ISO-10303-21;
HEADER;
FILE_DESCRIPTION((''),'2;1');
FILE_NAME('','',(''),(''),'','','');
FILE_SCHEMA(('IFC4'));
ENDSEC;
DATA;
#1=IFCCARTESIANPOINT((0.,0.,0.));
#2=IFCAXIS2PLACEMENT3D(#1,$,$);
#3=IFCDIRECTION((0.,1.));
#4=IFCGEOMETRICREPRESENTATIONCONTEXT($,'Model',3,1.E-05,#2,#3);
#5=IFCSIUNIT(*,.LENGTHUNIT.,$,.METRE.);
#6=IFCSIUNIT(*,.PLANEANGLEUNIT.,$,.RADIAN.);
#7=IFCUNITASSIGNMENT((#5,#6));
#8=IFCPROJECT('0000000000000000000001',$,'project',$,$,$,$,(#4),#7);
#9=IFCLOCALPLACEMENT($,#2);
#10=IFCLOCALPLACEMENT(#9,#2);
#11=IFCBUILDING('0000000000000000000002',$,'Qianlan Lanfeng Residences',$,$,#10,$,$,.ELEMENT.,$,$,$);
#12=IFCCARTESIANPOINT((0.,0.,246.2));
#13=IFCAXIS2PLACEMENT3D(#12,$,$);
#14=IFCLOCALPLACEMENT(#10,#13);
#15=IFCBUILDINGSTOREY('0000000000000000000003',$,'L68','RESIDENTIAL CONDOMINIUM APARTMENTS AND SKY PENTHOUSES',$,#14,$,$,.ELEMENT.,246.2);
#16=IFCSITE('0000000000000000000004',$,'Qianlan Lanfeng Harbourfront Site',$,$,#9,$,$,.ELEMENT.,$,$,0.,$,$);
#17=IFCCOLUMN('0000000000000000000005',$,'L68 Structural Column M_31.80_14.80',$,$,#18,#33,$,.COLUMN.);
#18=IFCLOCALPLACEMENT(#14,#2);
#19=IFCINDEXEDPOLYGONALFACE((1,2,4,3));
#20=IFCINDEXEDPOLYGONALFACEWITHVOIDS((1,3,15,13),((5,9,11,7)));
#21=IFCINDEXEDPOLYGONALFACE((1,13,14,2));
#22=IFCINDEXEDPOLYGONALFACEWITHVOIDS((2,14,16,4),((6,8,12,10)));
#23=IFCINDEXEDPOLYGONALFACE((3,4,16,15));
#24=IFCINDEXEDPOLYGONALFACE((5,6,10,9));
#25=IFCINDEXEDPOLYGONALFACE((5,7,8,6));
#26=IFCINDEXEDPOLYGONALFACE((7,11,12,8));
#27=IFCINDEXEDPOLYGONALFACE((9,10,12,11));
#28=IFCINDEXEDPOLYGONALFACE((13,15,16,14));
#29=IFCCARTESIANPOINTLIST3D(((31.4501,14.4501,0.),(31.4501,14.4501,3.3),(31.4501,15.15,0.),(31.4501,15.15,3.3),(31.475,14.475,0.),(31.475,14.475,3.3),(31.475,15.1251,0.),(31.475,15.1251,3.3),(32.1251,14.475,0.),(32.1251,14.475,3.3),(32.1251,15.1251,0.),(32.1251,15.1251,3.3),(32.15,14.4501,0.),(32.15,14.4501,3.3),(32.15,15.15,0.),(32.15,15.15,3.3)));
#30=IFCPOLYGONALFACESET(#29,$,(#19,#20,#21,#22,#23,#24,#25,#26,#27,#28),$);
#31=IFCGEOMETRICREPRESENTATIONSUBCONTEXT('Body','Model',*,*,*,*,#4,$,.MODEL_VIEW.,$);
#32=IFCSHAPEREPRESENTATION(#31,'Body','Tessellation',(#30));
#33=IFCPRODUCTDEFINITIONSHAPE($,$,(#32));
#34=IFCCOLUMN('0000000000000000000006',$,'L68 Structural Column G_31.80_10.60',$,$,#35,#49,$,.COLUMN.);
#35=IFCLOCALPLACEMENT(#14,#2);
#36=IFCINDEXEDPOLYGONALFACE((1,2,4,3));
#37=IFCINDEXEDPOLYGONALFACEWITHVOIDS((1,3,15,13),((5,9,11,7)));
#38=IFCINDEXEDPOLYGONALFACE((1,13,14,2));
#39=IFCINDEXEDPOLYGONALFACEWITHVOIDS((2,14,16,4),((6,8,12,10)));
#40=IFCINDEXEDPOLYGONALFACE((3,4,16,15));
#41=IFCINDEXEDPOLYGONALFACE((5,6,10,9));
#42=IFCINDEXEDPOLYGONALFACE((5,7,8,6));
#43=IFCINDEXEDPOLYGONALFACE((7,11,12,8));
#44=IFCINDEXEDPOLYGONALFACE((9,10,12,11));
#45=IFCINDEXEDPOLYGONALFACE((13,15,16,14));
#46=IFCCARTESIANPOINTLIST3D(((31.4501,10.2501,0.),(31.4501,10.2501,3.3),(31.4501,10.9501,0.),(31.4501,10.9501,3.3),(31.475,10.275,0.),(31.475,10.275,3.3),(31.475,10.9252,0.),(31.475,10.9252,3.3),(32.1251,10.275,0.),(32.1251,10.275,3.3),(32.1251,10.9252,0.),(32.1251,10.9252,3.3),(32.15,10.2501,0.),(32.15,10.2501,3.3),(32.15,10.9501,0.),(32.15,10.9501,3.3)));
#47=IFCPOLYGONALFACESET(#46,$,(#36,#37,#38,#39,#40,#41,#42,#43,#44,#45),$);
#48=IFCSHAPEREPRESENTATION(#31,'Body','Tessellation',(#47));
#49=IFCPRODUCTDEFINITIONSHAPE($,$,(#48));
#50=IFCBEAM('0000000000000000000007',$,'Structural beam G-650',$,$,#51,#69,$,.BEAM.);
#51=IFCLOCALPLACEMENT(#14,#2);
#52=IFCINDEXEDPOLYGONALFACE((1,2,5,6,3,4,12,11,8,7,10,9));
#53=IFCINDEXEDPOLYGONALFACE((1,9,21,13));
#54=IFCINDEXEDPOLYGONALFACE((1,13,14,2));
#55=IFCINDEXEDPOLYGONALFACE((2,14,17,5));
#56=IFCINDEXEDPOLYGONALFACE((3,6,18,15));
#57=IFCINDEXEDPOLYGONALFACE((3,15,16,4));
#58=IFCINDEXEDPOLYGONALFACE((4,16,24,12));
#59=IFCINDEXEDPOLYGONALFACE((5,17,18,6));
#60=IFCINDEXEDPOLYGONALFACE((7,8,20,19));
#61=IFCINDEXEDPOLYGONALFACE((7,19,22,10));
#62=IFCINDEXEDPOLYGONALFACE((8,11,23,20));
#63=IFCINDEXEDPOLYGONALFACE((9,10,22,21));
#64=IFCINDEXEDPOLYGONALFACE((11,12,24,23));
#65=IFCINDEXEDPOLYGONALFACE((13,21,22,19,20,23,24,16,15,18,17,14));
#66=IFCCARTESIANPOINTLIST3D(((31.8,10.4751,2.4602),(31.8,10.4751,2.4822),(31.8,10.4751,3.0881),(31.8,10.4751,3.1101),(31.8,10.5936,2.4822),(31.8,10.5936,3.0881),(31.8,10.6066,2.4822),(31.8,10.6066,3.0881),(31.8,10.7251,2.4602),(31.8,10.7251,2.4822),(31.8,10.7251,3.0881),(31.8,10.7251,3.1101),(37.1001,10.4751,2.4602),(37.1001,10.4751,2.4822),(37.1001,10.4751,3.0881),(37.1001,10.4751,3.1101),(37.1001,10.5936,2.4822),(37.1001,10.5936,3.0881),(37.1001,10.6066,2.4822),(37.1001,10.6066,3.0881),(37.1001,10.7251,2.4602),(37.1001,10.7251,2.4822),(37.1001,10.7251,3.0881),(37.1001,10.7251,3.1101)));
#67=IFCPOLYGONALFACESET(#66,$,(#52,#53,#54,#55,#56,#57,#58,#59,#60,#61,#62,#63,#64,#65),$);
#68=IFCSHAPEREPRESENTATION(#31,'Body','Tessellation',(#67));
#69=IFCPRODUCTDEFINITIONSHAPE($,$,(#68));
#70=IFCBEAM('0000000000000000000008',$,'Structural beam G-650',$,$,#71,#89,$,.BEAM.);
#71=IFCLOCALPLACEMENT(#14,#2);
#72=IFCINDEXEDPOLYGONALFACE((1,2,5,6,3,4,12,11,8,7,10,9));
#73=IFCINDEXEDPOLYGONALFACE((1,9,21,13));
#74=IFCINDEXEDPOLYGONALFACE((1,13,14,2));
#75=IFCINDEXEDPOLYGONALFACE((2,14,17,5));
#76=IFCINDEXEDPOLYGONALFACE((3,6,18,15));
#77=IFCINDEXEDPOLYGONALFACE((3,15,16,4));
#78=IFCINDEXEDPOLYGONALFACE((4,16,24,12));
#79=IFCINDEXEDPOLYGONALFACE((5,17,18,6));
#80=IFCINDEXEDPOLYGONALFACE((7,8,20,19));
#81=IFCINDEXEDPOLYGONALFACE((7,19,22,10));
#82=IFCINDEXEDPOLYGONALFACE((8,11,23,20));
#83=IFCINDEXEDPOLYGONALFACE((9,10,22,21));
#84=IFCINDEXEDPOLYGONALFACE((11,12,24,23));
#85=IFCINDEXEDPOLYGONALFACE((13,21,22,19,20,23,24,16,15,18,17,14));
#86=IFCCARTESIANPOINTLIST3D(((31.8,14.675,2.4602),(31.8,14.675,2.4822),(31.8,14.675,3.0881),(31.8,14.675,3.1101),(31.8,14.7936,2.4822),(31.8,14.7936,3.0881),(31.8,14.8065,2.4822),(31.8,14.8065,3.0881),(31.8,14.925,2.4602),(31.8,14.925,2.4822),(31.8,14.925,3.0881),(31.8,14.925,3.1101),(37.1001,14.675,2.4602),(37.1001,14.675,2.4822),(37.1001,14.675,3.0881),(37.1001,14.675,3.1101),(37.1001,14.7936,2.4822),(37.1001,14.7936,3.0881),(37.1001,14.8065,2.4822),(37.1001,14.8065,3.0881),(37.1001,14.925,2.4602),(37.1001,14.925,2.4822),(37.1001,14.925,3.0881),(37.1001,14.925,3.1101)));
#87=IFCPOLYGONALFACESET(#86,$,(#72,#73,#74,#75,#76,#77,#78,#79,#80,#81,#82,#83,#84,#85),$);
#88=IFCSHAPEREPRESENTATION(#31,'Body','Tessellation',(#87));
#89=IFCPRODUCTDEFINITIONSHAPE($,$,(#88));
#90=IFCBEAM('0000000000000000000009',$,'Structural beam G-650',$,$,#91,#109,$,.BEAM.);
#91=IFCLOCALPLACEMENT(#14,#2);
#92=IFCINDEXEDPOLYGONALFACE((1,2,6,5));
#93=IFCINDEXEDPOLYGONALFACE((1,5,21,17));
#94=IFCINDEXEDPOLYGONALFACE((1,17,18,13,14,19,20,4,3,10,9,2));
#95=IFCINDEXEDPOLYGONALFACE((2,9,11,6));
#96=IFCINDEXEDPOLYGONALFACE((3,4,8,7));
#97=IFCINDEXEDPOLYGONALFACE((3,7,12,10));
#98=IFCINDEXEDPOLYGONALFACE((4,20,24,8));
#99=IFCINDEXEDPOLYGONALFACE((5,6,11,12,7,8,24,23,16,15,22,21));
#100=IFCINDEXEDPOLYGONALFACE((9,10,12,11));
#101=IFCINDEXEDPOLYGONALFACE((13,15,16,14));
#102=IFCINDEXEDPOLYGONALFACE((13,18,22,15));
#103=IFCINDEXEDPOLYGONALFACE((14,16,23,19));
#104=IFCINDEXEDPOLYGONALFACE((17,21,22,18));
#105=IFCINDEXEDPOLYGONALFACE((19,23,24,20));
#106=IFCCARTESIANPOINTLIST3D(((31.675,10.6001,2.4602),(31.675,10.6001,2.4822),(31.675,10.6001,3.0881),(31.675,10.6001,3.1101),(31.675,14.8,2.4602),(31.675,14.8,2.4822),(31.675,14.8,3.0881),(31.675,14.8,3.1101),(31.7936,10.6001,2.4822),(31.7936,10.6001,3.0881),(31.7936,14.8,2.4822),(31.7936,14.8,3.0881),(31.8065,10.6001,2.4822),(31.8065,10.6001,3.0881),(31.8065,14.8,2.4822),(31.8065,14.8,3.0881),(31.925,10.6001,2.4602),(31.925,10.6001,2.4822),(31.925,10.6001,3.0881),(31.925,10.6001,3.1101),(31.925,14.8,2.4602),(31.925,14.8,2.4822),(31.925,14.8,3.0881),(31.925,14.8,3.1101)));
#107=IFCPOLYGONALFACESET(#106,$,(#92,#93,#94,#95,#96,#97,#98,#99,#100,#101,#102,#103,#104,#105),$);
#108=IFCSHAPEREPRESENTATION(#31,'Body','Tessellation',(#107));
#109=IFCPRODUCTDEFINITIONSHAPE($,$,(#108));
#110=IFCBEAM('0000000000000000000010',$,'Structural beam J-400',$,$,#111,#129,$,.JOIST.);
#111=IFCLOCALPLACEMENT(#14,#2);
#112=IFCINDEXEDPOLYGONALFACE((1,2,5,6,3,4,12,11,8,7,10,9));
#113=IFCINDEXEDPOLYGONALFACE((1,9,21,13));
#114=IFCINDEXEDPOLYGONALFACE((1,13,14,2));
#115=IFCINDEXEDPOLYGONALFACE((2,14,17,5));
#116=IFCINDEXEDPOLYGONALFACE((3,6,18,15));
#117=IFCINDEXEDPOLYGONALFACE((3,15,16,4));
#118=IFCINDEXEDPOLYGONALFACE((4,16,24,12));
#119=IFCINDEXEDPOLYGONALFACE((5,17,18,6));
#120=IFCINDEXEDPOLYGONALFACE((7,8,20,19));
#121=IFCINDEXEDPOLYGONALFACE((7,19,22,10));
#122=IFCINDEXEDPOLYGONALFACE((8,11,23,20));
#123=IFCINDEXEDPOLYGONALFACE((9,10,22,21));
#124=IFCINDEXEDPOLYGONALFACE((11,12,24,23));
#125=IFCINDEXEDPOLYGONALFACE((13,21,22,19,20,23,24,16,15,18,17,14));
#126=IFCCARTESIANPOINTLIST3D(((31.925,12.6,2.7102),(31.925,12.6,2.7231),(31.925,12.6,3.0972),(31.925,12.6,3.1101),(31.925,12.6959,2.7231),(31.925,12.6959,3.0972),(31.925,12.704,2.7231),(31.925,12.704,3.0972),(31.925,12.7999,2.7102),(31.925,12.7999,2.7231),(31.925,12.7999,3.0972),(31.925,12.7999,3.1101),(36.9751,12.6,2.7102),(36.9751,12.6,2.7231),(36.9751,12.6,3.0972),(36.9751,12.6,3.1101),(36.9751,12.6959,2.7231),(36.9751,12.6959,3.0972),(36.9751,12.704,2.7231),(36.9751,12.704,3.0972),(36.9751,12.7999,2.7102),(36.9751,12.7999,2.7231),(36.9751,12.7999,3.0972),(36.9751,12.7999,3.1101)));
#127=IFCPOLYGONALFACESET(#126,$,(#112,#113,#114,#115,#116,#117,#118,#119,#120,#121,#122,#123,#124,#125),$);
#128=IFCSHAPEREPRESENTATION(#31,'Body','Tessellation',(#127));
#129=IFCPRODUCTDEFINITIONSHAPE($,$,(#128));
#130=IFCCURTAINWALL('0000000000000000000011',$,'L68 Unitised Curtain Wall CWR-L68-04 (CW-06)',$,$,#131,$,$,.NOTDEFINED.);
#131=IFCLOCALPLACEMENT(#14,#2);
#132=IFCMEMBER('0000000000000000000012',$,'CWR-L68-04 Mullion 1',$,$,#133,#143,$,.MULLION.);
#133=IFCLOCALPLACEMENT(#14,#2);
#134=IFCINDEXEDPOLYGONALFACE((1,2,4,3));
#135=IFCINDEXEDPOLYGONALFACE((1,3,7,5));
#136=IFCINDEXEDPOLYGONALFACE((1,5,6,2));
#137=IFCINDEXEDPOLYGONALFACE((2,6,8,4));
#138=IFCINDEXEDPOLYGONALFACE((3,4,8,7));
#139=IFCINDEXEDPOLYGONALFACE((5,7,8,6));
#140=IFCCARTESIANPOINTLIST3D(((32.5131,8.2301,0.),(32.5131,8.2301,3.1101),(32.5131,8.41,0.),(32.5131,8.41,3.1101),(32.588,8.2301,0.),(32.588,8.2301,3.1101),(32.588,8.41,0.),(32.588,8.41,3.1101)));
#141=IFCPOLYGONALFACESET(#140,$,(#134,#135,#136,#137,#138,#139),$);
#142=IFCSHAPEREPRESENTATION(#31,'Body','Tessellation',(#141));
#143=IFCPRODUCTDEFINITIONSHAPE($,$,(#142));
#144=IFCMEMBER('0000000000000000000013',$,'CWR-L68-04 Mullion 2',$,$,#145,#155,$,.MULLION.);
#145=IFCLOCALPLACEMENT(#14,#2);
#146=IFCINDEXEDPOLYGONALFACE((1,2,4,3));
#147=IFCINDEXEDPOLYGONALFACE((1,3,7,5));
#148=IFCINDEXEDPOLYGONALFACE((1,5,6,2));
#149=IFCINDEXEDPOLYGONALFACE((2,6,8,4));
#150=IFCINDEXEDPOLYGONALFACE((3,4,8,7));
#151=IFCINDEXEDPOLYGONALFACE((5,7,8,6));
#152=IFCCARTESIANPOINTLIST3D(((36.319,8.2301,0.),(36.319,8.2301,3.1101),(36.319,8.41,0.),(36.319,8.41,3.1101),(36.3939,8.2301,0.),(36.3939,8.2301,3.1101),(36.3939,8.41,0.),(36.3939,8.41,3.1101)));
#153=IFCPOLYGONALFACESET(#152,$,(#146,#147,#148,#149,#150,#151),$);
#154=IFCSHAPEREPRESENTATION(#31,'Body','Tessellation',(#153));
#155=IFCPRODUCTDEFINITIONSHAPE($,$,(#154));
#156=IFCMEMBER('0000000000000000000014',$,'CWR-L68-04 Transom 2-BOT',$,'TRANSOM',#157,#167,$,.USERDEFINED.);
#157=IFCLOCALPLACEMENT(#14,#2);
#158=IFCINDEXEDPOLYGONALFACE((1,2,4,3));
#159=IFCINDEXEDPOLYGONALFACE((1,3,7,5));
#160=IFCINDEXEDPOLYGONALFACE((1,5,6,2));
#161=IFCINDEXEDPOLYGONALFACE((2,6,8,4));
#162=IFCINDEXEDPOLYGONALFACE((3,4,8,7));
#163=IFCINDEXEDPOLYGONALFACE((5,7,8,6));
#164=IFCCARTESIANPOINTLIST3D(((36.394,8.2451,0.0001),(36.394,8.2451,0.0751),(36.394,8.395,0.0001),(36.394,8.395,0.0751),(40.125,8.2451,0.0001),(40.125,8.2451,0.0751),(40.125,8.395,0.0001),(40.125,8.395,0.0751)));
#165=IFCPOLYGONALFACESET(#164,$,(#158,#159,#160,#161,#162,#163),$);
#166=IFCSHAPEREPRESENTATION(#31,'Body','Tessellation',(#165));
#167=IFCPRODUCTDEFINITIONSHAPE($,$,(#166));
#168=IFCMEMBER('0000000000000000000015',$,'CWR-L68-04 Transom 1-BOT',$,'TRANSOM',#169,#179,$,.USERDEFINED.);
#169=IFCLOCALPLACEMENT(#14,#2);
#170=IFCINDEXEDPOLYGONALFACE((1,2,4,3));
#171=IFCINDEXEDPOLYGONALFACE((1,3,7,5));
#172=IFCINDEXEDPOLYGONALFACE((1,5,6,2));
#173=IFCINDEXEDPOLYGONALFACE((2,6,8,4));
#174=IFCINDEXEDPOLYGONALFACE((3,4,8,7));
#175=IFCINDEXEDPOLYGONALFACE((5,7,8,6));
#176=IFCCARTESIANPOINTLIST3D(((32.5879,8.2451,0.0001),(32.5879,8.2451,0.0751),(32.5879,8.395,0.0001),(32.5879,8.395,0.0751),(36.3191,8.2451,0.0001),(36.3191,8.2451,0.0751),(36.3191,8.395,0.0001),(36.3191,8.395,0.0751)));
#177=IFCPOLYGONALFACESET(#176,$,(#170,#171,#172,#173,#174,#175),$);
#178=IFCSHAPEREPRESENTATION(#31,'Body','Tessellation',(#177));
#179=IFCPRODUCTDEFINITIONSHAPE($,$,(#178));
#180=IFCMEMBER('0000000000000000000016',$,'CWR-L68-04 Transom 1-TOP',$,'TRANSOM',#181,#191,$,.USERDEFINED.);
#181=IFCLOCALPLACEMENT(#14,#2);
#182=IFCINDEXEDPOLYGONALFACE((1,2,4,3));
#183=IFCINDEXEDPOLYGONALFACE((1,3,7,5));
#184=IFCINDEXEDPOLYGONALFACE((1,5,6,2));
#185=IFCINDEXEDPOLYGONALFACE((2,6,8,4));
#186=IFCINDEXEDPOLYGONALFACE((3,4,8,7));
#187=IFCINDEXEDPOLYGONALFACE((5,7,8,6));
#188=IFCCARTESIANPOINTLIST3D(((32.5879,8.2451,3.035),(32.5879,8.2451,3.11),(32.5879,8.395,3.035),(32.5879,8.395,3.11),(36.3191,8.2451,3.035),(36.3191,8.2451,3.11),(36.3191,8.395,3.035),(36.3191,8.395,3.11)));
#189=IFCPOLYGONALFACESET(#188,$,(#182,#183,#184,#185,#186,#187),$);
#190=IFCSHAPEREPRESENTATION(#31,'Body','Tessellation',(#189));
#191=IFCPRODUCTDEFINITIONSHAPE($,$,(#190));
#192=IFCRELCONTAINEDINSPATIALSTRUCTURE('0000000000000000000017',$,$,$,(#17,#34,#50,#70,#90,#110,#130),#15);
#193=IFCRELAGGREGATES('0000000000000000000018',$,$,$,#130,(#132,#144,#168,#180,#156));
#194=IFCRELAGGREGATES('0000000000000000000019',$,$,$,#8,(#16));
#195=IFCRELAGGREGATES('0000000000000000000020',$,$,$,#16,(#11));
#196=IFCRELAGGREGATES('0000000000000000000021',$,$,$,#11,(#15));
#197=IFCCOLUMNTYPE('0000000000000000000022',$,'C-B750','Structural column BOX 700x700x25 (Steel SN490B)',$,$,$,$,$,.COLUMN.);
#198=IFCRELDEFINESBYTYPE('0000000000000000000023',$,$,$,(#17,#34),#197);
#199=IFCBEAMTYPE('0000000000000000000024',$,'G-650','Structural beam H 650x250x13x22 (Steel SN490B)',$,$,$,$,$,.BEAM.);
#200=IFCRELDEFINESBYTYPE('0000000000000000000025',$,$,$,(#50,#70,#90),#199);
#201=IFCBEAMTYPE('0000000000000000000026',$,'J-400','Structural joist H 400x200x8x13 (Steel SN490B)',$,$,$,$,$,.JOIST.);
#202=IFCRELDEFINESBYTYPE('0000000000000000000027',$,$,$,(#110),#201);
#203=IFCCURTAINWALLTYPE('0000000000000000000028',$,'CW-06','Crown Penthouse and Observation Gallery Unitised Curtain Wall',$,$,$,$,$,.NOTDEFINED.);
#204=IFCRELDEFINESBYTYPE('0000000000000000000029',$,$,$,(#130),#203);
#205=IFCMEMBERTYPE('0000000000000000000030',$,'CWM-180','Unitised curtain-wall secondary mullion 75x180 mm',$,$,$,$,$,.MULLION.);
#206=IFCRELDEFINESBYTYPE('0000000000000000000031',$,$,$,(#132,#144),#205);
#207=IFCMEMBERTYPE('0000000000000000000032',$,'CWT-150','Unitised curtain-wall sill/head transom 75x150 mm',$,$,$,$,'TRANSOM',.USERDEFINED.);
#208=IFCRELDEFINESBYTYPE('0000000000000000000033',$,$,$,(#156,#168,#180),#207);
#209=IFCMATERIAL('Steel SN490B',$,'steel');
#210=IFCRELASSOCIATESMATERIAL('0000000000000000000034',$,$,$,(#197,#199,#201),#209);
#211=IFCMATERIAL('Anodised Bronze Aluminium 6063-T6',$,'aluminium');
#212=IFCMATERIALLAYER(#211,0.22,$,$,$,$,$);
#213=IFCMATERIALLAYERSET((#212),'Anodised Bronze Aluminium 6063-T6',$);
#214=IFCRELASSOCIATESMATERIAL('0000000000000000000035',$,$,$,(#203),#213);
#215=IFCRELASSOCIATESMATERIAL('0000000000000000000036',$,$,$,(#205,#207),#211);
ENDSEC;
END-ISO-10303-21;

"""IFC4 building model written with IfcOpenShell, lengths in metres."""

from ifc_helpers import new_model, si_unit, direction, frame, origin, origin_2d, place, context, subcontext, project, spatial, rectangle, hollow_rectangle, i_section, extrude, source, transform, mapped, material, layer, layer_set, material_profile, profile_set, type_object, element, aggregate, save


model = new_model("IFC4")

# Units and contexts
model_context = context("Model", 3, precision=1e-05, world=origin(), true_north=direction((0.0, 1.0)))
body_context = subcontext(model_context, "Body", "Model", "MODEL_VIEW")
ifc_project = project(units=[si_unit("LENGTHUNIT", "METRE"), si_unit("PLANEANGLEUNIT", "RADIAN")], contexts=[model_context])

# Site, building, storey
site_placement = place(None, origin())
site = spatial("IfcSite", under=ifc_project, at=site_placement, Name="Qianlan Lanfeng Harbourfront Site", CompositionType="ELEMENT", RefElevation=0.0)
building_placement = place(site_placement, origin())
building = spatial("IfcBuilding", under=site, at=building_placement, Name="Qianlan Lanfeng Residences", CompositionType="ELEMENT")
storey_placement = place(building_placement, frame((0.0, 0.0, 246.2)))
storey = spatial("IfcBuildingStorey", under=building, at=storey_placement, Name="L68", Description="RESIDENTIAL CONDOMINIUM APARTMENTS AND SKY PENTHOUSES", CompositionType="ELEMENT", Elevation=246.2)

# Columns
ifc_material_1 = material(Name="Steel SN490B", Category="steel")
ifc_material_profile_1 = material_profile(ifc_material_1, hollow_rectangle(XDim=0.7, YDim=0.7, WallThickness=0.0249, at=origin_2d()), Name="BOX 700x700x25")
ifc_profile_set_1 = profile_set([ifc_material_profile_1], Name="Steel SN490B")
column_type = type_object("IfcColumnType", Name="C-B750", Description="Structural column BOX 700x700x25 (Steel SN490B)", PredefinedType="COLUMN", material=ifc_profile_set_1)
for number, where, z_axis, x_axis, name in (
    (1, (31.8, 14.8, 0.0), (0.0, 0.0, 1.0), (1.0, 0.0, 0.0), "L68 Structural Column M_31.80_14.80"),
    (2, (31.8, 10.6001, 0.0), (0.0, 0.0, 1.0), (1.0, 0.0, 0.0), "L68 Structural Column G_31.80_10.60"),
):
    element("IfcColumn", number, at=place(storey_placement, frame(where, z_axis=z_axis, x_axis=x_axis)), inside=storey, type_object=column_type, Name=name, PredefinedType="COLUMN", context=body_context, shape_type="SweptSolid", body=[
        extrude(hollow_rectangle(XDim=0.7, YDim=0.7, WallThickness=0.0249, at=origin_2d()), origin(), (0.0, 0.0, 1.0), 3.3),
    ])

# Beams
ifc_material_profile_2 = material_profile(ifc_material_1, i_section(OverallWidth=0.25, OverallDepth=0.6499, WebThickness=0.0129, FlangeThickness=0.022, at=origin_2d()), Name="H 650x250x13x22")
ifc_profile_set_2 = profile_set([ifc_material_profile_2], Name="Steel SN490B")
beam_type_1 = type_object("IfcBeamType", Name="G-650", Description="Structural beam H 650x250x13x22 (Steel SN490B)", PredefinedType="BEAM", material=ifc_profile_set_2)
for number, where, z_axis, x_axis, name in (
    (3, (31.8, 10.6001, 2.7852), (1.0, 0.0, 0.0), (0.0, 1.0, 0.0), "Structural beam G-650"),
    (4, (31.8, 14.8, 2.7852), (1.0, 0.0, 0.0), (0.0, 1.0, 0.0), "Structural beam G-650"),
):
    element("IfcBeam", number, at=place(storey_placement, frame(where, z_axis=z_axis, x_axis=x_axis)), inside=storey, type_object=beam_type_1, Name=name, PredefinedType="BEAM", context=body_context, shape_type="SweptSolid", body=[
        extrude(i_section(OverallWidth=0.25, OverallDepth=0.6499, WebThickness=0.0129, FlangeThickness=0.022, at=origin_2d()), origin(), (0.0, 0.0, 1.0), 5.3),
    ])
beam_1_placement = place(storey_placement, frame((31.8, 10.6001, 2.7852), z_axis=(0.0, 1.0, 0.0), x_axis=(-1.0, 0.0, 0.0)))
element("IfcBeam", 5, at=beam_1_placement, inside=storey, type_object=beam_type_1, Name="Structural beam G-650", PredefinedType="BEAM", context=body_context, shape_type="SweptSolid", body=[
    extrude(i_section(OverallWidth=0.25, OverallDepth=0.6499, WebThickness=0.0129, FlangeThickness=0.022, at=origin_2d()), origin(), (0.0, 0.0, 1.0), 4.2),
])
ifc_material_profile_3 = material_profile(ifc_material_1, i_section(OverallWidth=0.2, OverallDepth=0.3999, WebThickness=0.0081, FlangeThickness=0.0129, at=origin_2d()), Name="H 400x200x8x13")
ifc_profile_set_3 = profile_set([ifc_material_profile_3], Name="Steel SN490B")
beam_type_2 = type_object("IfcBeamType", Name="J-400", Description="Structural joist H 400x200x8x13 (Steel SN490B)", PredefinedType="JOIST", material=ifc_profile_set_3)
beam_2_placement = place(storey_placement, frame((31.925, 12.7, 2.9102), z_axis=(1.0, 0.0, 0.0), x_axis=(0.0, 1.0, 0.0)))
element("IfcBeam", 6, at=beam_2_placement, inside=storey, type_object=beam_type_2, Name="Structural beam J-400", PredefinedType="JOIST", context=body_context, shape_type="SweptSolid", body=[
    extrude(i_section(OverallWidth=0.2, OverallDepth=0.3999, WebThickness=0.0081, FlangeThickness=0.0129, at=origin_2d()), origin(), (0.0, 0.0, 1.0), 5.05),
])

# Curtain wall, members
ifc_material_2 = material(Name="Anodised Bronze Aluminium 6063-T6", Category="aluminium")
ifc_layer_1 = layer(ifc_material_2, 0.22)
ifc_layer_set_1 = layer_set([ifc_layer_1], Name="Anodised Bronze Aluminium 6063-T6")
curtain_wall_type = type_object("IfcCurtainWallType", Name="CW-06", Description="Crown Penthouse and Observation Gallery Unitised Curtain Wall", PredefinedType="NOTDEFINED", material=ifc_layer_set_1)
curtain_wall_placement = place(storey_placement, origin())
curtain_wall = element("IfcCurtainWall", 7, at=curtain_wall_placement, inside=storey, type_object=curtain_wall_type, Name="L68 Unitised Curtain Wall CWR-L68-04 (CW-06)", PredefinedType="NOTDEFINED")
ifc_material_profile_4 = material_profile(ifc_material_2, rectangle(XDim=0.075, YDim=0.1799, at=origin_2d()), Name="ALU MULLION 75x180")
ifc_profile_set_4 = profile_set([ifc_material_profile_4], Name="Anodised Bronze Aluminium 6063-T6")
member_type_1 = type_object("IfcMemberType", Name="CWM-180", Description="Unitised curtain-wall secondary mullion 75x180 mm", PredefinedType="MULLION", material=ifc_profile_set_4)
shared_shape_1 = source(origin(), body_context, "Body", "SweptSolid", [
    extrude(rectangle(XDim=0.075, YDim=0.1799, at=origin_2d()), origin(), (0.0, 0.0, 1.0), 3.1101),
])
member_1_placement = place(storey_placement, frame((32.5505, 8.3201, 0.0), z_axis=(0.0, 0.0, 1.0), x_axis=(1.0, 0.0, 0.0)))
member_1 = element("IfcMember", 8, at=member_1_placement, type_object=member_type_1, Name="CWR-L68-04 Mullion 1", PredefinedType="MULLION", context=body_context, shape_type="MappedRepresentation", body=[
    mapped(shared_shape_1, transform((0.0, 0.0, 0.0), scale=1.0)),
])
member_2_placement = place(storey_placement, frame((36.3564, 8.3201, 0.0), z_axis=(0.0, 0.0, 1.0), x_axis=(1.0, 0.0, 0.0)))
member_2 = element("IfcMember", 9, at=member_2_placement, type_object=member_type_1, Name="CWR-L68-04 Mullion 2", PredefinedType="MULLION", context=body_context, shape_type="MappedRepresentation", body=[
    mapped(shared_shape_1, transform((0.0, 0.0, 0.0), scale=1.0)),
])
ifc_material_profile_5 = material_profile(ifc_material_2, rectangle(XDim=0.075, YDim=0.1499, at=origin_2d()), Name="ALU TRANSOM 75x150")
ifc_profile_set_5 = profile_set([ifc_material_profile_5], Name="Anodised Bronze Aluminium 6063-T6")
member_type_2 = type_object("IfcMemberType", Name="CWT-150", Description="Unitised curtain-wall sill/head transom 75x150 mm", ElementType="TRANSOM", PredefinedType="USERDEFINED", material=ifc_profile_set_5)
shared_shape_2 = source(origin(), body_context, "Body", "SweptSolid", [
    extrude(rectangle(XDim=0.075, YDim=0.1499, at=origin_2d()), origin(), (0.0, 0.0, 1.0), 3.731),
])
member_3_placement = place(storey_placement, frame((36.394, 8.3201, 0.0376), z_axis=(1.0, 0.0, 0.0), x_axis=(0.0, 0.0, 1.0)))
member_3 = element("IfcMember", 10, at=member_3_placement, type_object=member_type_2, Name="CWR-L68-04 Transom 2-BOT", ObjectType="TRANSOM", PredefinedType="USERDEFINED", context=body_context, shape_type="MappedRepresentation", body=[
    mapped(shared_shape_2, transform((0.0, 0.0, 0.0), scale=1.0)),
])
shared_shape_3 = source(origin(), body_context, "Body", "SweptSolid", [
    extrude(rectangle(XDim=0.075, YDim=0.1499, at=origin_2d()), origin(), (0.0, 0.0, 1.0), 3.7312),
])
member_4_placement = place(storey_placement, frame((32.5879, 8.3201, 0.0376), z_axis=(1.0, 0.0, 0.0), x_axis=(0.0, 0.0, 1.0)))
member_4 = element("IfcMember", 11, at=member_4_placement, type_object=member_type_2, Name="CWR-L68-04 Transom 1-BOT", ObjectType="TRANSOM", PredefinedType="USERDEFINED", context=body_context, shape_type="MappedRepresentation", body=[
    mapped(shared_shape_3, transform((0.0, 0.0, 0.0), scale=1.0)),
])
member_5_placement = place(storey_placement, frame((32.5879, 8.3201, 3.0725), z_axis=(1.0, 0.0, 0.0), x_axis=(0.0, 0.0, 1.0)))
member_5 = element("IfcMember", 12, at=member_5_placement, type_object=member_type_2, Name="CWR-L68-04 Transom 1-TOP", ObjectType="TRANSOM", PredefinedType="USERDEFINED", context=body_context, shape_type="MappedRepresentation", body=[
    mapped(shared_shape_3, transform((0.0, 0.0, 0.0), scale=1.0)),
])
aggregate(curtain_wall, [member_1, member_2, member_4, member_5, member_3])

save(model, "model.ifc")
